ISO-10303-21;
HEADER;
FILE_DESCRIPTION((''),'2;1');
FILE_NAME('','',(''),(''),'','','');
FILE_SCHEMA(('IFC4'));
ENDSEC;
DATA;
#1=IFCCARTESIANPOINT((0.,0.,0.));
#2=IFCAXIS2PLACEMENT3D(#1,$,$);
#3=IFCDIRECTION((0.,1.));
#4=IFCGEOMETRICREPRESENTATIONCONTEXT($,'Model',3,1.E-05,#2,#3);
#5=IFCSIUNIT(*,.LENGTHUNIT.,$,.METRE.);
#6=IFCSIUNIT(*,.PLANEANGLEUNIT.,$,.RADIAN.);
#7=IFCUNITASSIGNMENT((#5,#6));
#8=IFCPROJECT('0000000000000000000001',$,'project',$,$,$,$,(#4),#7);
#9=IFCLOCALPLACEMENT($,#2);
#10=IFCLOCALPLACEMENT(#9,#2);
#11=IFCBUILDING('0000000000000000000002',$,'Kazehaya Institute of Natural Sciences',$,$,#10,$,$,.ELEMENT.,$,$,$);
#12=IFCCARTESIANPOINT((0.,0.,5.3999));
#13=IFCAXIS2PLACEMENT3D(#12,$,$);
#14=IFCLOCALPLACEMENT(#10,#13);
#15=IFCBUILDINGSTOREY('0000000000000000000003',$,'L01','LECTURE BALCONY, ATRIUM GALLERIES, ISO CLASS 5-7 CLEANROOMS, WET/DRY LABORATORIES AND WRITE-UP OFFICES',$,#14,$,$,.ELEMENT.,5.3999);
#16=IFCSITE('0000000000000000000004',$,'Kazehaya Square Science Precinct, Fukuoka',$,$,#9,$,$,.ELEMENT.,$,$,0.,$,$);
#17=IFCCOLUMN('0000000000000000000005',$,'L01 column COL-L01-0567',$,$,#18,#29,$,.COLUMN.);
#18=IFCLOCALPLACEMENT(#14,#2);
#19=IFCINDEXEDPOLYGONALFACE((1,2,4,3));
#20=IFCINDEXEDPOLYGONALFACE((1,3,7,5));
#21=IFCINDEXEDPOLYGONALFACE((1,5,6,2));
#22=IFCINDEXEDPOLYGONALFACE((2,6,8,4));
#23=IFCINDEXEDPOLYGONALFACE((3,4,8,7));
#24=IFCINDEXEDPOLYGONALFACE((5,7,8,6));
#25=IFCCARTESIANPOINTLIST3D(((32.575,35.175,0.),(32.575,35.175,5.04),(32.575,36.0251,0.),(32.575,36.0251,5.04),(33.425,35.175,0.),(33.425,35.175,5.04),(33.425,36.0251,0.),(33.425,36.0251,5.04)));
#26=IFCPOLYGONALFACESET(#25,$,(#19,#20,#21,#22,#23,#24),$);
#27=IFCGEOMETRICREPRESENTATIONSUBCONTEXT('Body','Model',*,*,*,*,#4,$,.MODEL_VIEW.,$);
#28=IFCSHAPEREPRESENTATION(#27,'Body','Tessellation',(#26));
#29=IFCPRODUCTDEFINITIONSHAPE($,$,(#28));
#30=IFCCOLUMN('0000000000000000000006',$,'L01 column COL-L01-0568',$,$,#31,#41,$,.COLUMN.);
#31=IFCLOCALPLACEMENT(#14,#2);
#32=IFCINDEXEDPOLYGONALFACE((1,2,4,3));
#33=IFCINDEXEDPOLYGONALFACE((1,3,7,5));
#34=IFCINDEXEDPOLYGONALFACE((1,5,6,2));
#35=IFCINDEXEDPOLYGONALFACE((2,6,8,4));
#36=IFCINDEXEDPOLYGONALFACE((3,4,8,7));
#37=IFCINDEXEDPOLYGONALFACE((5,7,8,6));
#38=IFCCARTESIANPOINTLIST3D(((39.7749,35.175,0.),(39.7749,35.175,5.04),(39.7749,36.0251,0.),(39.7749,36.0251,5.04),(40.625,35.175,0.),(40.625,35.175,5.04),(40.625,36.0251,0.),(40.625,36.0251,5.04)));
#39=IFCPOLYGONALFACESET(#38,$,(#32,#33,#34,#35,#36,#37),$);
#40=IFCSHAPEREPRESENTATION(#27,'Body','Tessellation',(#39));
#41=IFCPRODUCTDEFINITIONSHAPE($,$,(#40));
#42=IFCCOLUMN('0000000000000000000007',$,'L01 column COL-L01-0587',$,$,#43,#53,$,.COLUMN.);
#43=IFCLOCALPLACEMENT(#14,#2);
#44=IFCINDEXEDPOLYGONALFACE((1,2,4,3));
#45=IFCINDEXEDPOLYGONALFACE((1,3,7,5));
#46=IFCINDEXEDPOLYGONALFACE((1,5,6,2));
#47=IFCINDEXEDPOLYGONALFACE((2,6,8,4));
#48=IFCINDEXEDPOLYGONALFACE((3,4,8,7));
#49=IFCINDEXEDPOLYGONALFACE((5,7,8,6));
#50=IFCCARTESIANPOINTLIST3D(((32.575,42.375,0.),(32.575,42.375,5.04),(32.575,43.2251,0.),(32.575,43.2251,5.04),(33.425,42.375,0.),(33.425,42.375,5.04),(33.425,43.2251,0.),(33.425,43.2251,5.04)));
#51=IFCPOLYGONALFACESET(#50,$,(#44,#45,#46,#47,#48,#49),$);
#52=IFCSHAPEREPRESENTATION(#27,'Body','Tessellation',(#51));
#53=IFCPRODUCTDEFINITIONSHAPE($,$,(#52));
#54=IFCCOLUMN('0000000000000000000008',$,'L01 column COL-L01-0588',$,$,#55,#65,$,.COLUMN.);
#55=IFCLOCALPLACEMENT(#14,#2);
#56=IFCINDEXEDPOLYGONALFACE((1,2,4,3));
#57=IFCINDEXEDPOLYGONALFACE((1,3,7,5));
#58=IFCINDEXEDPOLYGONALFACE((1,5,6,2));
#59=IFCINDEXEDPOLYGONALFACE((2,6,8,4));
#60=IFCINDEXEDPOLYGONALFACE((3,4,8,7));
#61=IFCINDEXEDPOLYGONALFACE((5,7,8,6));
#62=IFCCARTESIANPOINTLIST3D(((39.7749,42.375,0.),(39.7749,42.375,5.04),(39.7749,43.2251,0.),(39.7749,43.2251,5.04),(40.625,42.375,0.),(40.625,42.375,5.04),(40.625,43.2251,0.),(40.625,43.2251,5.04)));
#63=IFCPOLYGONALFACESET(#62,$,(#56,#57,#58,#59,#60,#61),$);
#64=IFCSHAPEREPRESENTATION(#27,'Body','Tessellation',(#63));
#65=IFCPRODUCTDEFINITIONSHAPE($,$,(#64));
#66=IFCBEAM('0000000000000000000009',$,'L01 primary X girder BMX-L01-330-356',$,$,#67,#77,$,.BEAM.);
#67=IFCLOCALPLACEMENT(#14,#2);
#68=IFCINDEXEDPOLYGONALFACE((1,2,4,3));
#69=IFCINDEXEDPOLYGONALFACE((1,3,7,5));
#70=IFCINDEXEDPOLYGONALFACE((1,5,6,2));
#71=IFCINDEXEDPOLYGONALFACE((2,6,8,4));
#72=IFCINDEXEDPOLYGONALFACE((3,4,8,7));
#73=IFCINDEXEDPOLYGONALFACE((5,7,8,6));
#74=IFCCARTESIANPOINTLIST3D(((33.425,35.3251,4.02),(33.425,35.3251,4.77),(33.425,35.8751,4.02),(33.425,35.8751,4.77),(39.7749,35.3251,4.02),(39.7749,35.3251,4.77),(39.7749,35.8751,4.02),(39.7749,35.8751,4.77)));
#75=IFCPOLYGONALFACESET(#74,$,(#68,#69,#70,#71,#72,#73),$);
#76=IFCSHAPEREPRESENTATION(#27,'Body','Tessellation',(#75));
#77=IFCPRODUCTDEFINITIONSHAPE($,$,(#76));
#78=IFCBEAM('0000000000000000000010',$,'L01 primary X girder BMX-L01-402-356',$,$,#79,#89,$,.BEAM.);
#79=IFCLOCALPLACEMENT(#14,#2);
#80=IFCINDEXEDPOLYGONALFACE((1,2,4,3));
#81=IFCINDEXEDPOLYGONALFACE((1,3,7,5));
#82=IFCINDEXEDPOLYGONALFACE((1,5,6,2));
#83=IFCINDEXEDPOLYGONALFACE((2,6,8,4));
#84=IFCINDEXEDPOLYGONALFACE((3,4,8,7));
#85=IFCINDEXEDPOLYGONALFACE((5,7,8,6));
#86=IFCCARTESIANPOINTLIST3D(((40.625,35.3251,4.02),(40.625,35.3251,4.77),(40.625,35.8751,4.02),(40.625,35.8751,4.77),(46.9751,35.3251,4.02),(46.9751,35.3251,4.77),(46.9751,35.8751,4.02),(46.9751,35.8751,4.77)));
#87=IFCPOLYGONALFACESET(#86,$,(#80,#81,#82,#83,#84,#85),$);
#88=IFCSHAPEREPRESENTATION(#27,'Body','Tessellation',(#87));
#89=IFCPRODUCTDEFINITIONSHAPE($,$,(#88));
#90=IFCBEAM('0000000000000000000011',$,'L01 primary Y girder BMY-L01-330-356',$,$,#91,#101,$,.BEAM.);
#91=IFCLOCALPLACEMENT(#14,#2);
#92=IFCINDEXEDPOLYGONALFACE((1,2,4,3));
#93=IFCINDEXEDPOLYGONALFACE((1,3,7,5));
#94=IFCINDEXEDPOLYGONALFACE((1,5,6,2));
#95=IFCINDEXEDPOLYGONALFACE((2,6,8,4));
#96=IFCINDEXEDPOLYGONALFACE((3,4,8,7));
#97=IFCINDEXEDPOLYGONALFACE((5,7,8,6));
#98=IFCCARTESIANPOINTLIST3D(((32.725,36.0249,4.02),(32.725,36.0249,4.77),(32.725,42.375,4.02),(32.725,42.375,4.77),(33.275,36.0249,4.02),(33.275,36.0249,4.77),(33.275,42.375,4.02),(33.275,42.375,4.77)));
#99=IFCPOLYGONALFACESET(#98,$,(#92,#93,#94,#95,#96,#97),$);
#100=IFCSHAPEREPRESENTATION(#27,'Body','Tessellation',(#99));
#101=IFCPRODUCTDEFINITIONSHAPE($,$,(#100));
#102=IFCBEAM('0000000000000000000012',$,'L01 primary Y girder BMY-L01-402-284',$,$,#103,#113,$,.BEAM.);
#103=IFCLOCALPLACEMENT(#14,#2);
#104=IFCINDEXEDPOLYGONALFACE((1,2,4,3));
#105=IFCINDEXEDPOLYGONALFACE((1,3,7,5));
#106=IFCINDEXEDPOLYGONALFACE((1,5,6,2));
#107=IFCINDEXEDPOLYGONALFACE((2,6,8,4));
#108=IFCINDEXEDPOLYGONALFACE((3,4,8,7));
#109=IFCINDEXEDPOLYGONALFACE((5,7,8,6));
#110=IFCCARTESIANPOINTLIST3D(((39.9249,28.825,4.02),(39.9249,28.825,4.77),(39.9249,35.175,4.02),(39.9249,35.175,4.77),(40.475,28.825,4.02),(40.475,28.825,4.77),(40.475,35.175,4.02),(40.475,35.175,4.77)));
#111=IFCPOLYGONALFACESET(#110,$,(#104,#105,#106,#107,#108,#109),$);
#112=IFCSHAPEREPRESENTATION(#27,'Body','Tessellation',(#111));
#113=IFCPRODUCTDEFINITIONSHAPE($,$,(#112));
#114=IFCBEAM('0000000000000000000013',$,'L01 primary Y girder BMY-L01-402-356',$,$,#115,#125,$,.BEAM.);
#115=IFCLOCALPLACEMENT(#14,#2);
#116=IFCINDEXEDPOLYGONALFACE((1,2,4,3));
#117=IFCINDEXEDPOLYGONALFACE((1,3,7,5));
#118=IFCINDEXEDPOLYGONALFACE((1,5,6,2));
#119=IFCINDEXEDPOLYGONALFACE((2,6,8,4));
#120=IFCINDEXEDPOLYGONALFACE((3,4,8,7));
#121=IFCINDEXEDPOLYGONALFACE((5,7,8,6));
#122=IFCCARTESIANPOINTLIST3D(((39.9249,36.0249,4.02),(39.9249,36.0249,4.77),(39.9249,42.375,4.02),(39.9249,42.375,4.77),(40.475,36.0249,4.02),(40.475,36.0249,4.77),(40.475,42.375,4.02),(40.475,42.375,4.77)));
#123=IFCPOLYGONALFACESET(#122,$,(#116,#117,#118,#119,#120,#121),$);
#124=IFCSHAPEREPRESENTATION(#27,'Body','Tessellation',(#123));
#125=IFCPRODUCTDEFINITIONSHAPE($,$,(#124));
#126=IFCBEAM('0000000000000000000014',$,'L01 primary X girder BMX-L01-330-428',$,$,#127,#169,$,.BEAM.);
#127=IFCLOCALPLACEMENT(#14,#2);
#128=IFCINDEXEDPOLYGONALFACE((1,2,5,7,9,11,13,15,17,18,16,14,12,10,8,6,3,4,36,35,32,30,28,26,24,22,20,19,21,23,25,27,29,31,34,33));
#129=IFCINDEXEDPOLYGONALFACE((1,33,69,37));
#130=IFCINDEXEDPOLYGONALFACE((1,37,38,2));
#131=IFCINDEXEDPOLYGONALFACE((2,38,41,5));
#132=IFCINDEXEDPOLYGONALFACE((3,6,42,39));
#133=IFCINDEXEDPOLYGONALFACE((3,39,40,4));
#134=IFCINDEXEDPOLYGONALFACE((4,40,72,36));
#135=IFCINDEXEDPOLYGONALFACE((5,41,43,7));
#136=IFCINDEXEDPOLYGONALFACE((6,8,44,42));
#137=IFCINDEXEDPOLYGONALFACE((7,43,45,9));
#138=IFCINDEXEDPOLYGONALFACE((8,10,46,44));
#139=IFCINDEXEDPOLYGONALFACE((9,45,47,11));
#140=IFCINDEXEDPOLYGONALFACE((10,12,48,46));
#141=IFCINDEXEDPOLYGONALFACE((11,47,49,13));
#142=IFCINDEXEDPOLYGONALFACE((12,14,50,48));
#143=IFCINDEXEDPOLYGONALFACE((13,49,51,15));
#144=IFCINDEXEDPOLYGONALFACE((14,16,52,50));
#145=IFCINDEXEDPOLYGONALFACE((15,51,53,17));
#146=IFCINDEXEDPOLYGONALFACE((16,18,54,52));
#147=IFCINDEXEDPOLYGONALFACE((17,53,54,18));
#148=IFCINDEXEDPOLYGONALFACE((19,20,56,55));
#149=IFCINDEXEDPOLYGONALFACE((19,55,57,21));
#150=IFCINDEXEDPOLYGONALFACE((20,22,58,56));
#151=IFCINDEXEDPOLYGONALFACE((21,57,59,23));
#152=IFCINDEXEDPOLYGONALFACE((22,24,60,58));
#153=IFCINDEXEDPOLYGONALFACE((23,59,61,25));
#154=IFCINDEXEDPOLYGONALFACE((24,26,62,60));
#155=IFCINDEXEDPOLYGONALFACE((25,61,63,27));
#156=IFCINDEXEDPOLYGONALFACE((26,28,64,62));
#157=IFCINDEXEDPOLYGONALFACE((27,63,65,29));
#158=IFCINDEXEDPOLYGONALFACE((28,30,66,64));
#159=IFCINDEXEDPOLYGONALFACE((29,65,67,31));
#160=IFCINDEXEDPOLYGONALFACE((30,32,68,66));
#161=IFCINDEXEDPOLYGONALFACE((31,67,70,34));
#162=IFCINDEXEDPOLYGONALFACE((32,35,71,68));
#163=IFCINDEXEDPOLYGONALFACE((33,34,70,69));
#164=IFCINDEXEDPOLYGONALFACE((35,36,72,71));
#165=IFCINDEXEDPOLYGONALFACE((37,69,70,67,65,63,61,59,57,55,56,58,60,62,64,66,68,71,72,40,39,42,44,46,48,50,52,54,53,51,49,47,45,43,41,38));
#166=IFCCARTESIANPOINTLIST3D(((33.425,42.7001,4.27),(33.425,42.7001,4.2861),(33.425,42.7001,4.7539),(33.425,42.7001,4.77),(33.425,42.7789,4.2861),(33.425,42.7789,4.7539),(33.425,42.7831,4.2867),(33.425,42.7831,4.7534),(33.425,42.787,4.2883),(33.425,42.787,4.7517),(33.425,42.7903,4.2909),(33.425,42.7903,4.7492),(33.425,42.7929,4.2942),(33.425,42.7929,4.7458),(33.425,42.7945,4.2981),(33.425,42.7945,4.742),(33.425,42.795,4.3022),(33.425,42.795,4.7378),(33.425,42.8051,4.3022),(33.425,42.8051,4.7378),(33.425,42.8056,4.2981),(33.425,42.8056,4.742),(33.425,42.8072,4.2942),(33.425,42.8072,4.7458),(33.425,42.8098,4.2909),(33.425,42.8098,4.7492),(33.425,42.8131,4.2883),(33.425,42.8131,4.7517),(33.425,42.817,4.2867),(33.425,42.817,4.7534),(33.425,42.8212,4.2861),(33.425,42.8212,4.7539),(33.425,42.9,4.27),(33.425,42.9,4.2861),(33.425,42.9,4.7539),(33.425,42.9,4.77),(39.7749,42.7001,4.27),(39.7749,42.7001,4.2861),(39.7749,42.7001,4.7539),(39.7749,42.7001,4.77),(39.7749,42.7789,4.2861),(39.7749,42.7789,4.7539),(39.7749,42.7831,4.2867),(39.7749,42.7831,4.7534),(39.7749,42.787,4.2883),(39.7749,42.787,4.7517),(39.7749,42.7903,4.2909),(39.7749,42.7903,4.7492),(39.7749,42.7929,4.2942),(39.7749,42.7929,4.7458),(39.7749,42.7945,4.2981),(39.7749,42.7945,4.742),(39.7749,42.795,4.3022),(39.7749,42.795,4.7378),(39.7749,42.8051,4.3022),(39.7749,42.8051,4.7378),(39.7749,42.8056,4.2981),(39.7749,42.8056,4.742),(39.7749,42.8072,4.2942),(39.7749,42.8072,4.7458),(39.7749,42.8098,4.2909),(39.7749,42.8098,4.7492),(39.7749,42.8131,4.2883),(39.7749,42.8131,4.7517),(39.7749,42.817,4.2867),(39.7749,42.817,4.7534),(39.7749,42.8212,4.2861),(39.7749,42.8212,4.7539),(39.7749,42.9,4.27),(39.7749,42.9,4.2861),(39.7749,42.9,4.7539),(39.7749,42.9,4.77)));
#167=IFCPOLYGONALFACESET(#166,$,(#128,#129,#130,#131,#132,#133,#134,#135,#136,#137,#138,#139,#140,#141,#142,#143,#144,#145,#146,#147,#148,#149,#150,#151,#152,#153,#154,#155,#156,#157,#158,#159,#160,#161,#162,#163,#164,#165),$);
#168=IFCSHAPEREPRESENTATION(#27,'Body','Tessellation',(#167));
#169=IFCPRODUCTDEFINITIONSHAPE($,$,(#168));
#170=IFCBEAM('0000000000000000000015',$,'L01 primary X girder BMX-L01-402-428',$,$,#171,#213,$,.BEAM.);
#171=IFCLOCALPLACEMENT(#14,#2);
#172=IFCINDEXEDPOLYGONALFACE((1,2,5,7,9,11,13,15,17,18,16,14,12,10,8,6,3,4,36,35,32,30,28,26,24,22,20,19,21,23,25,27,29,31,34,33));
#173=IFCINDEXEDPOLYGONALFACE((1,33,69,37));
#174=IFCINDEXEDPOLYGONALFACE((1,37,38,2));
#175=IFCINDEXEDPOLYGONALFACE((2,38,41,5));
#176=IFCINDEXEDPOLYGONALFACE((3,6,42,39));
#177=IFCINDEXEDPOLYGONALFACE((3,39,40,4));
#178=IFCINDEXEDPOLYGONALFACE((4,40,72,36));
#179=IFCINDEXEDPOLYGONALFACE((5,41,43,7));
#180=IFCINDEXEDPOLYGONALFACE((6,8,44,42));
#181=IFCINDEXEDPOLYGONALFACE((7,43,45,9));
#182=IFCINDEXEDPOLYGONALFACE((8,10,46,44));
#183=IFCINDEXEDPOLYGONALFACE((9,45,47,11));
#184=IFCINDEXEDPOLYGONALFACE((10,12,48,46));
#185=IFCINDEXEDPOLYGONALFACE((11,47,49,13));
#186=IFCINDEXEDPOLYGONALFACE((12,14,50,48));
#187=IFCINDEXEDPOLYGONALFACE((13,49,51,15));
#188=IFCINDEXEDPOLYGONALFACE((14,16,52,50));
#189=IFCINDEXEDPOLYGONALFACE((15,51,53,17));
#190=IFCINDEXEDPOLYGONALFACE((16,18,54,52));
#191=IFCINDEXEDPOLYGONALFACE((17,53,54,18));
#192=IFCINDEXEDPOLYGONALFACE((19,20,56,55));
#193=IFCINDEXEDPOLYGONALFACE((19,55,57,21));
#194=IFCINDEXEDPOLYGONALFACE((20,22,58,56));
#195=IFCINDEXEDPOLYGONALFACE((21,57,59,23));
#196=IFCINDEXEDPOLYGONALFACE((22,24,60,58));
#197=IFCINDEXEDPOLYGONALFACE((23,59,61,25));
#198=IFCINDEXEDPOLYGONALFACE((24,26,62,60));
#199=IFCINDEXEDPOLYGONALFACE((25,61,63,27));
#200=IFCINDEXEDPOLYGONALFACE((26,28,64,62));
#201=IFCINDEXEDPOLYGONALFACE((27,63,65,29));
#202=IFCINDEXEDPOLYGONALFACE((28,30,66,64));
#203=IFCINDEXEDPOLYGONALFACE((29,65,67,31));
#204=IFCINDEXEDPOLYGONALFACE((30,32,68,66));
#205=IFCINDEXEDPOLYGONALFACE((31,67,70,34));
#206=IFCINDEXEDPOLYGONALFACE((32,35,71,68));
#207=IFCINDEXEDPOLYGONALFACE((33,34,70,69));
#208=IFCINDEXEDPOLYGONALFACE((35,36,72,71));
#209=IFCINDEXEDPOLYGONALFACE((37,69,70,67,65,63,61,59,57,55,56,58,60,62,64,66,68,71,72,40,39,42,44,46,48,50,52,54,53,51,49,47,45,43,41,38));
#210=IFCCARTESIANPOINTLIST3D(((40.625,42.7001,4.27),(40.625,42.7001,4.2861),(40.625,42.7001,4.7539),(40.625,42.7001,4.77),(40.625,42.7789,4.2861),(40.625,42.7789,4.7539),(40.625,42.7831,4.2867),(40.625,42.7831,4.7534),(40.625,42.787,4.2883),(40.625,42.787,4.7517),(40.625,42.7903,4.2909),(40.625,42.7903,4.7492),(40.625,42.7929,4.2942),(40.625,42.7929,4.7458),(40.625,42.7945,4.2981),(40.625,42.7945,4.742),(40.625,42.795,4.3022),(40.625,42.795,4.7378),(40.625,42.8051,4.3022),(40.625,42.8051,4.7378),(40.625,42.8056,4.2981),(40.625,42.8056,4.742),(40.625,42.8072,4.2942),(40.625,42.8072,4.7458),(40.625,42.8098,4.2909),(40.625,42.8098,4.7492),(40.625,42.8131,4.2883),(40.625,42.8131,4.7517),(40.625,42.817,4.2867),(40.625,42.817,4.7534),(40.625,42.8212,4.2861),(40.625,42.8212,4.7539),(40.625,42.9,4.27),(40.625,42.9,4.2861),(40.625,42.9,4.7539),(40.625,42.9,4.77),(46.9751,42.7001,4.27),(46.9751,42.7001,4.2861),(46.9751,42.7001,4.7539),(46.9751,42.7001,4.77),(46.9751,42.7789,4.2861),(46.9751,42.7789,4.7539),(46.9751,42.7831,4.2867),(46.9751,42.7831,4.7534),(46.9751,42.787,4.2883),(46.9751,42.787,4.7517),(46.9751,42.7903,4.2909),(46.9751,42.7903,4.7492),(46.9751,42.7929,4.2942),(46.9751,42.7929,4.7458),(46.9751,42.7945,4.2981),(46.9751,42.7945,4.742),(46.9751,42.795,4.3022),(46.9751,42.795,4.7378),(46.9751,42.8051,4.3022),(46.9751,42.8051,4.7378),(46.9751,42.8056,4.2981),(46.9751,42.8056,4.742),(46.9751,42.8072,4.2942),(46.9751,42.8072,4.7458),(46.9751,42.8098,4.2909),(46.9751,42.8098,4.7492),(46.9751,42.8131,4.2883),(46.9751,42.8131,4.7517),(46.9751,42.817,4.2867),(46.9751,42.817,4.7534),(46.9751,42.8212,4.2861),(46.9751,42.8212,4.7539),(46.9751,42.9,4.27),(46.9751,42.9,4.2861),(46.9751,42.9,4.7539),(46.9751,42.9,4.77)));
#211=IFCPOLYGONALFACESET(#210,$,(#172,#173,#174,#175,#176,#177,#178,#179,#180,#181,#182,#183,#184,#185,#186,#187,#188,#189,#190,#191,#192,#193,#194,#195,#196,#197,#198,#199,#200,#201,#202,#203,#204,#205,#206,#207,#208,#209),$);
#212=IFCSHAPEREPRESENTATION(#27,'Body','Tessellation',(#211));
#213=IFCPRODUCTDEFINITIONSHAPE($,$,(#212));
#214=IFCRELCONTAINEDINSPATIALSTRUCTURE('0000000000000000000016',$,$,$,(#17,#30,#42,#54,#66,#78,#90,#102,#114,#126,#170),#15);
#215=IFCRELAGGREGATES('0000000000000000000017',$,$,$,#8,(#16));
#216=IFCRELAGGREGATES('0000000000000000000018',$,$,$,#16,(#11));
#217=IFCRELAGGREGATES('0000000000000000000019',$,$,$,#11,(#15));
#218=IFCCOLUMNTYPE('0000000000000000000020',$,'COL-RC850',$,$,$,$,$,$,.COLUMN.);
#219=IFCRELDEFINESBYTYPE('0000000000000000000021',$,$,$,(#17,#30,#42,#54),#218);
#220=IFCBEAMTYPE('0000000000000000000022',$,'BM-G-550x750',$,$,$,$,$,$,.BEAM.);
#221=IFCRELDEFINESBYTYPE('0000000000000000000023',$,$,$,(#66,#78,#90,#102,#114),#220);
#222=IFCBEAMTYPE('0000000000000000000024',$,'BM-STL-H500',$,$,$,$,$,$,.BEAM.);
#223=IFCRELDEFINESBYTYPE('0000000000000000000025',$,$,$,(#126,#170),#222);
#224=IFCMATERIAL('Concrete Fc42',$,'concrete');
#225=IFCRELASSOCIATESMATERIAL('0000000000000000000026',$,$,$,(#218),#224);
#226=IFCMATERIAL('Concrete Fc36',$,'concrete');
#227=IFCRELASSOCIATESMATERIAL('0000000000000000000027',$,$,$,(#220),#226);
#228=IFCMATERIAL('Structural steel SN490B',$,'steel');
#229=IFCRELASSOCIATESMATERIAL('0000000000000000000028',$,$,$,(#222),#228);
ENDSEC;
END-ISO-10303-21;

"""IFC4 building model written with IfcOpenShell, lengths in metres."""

from ifc_helpers import new_model, si_unit, direction, frame, origin, origin_2d, place, context, subcontext, project, spatial, rectangle, i_section, extrude, material, material_profile, profile_set, type_object, element, save


model = new_model("IFC4")

# Units and contexts
model_context = context("Model", 3, precision=1e-05, world=origin(), true_north=direction((0.0, 1.0)))
body_context = subcontext(model_context, "Body", "Model", "MODEL_VIEW")
ifc_project = project(units=[si_unit("LENGTHUNIT", "METRE"), si_unit("PLANEANGLEUNIT", "RADIAN")], contexts=[model_context])

# Site, building, storey
site_placement = place(None, origin())
site = spatial("IfcSite", under=ifc_project, at=site_placement, Name="Kazehaya Square Science Precinct, Fukuoka", CompositionType="ELEMENT", RefElevation=0.0)
building_placement = place(site_placement, origin())
building = spatial("IfcBuilding", under=site, at=building_placement, Name="Kazehaya Institute of Natural Sciences", CompositionType="ELEMENT")
storey_placement = place(building_placement, frame((0.0, 0.0, 5.3999)))
storey = spatial("IfcBuildingStorey", under=building, at=storey_placement, Name="L01", Description="LECTURE BALCONY, ATRIUM GALLERIES, ISO CLASS 5-7 CLEANROOMS, WET/DRY LABORATORIES AND WRITE-UP OFFICES", CompositionType="ELEMENT", Elevation=5.3999)

# Columns
ifc_material_1 = material(Name="Concrete Fc42", Category="concrete")
ifc_material_profile_1 = material_profile(ifc_material_1, rectangle(XDim=0.8501, YDim=0.8501, at=origin_2d()), Name="RC-850x850")
ifc_profile_set_1 = profile_set([ifc_material_profile_1], Name="Concrete Fc42")
column_type = type_object("IfcColumnType", Name="COL-RC850", PredefinedType="COLUMN", material=ifc_profile_set_1)
for number, where, z_axis, x_axis, name in (
    (1, (33.0, 35.6001, 0.0), (0.0, 0.0, 1.0), (1.0, 0.0, 0.0), "L01 column COL-L01-0567"),
    (2, (40.2, 35.6001, 0.0), (0.0, 0.0, 1.0), (1.0, 0.0, 0.0), "L01 column COL-L01-0568"),
    (3, (33.0, 42.8, 0.0), (0.0, 0.0, 1.0), (1.0, 0.0, 0.0), "L01 column COL-L01-0587"),
    (4, (40.2, 42.8, 0.0), (0.0, 0.0, 1.0), (1.0, 0.0, 0.0), "L01 column COL-L01-0588"),
):
    element("IfcColumn", number, at=place(storey_placement, frame(where, z_axis=z_axis, x_axis=x_axis)), inside=storey, type_object=column_type, Name=name, PredefinedType="COLUMN", context=body_context, shape_type="SweptSolid", body=[
        extrude(rectangle(XDim=0.8501, YDim=0.8501, at=origin_2d()), origin(), (0.0, 0.0, 1.0), 5.04),
    ])

# Beams
ifc_material_2 = material(Name="Concrete Fc36", Category="concrete")
ifc_material_profile_2 = material_profile(ifc_material_2, rectangle(XDim=0.55, YDim=0.75, at=origin_2d()), Name="RC-550x750")
ifc_profile_set_2 = profile_set([ifc_material_profile_2], Name="Concrete Fc36")
beam_type_1 = type_object("IfcBeamType", Name="BM-G-550x750", PredefinedType="BEAM", material=ifc_profile_set_2)
beam_1_placement = place(storey_placement, frame((33.425, 35.6001, 4.395), z_axis=(1.0, 0.0, 0.0), x_axis=(0.0, 1.0, 0.0)))
element("IfcBeam", 5, at=beam_1_placement, inside=storey, type_object=beam_type_1, Name="L01 primary X girder BMX-L01-330-356", PredefinedType="BEAM", context=body_context, shape_type="SweptSolid", body=[
    extrude(rectangle(XDim=0.55, YDim=0.75, at=origin_2d()), origin(), (0.0, 0.0, 1.0), 6.3499),
])
for number, where, z_axis, x_axis, name in (
    (6, (40.625, 35.6001, 4.395), (1.0, 0.0, 0.0), (0.0, 1.0, 0.0), "L01 primary X girder BMX-L01-402-356"),
    (7, (33.0, 36.0249, 4.395), (0.0, 1.0, 0.0), (-1.0, 0.0, 0.0), "L01 primary Y girder BMY-L01-330-356"),
    (8, (40.2, 28.825, 4.395), (0.0, 1.0, 0.0), (-1.0, 0.0, 0.0), "L01 primary Y girder BMY-L01-402-284"),
    (9, (40.2, 36.0249, 4.395), (0.0, 1.0, 0.0), (-1.0, 0.0, 0.0), "L01 primary Y girder BMY-L01-402-356"),
):
    element("IfcBeam", number, at=place(storey_placement, frame(where, z_axis=z_axis, x_axis=x_axis)), inside=storey, type_object=beam_type_1, Name=name, PredefinedType="BEAM", context=body_context, shape_type="SweptSolid", body=[
        extrude(rectangle(XDim=0.55, YDim=0.75, at=origin_2d()), origin(), (0.0, 0.0, 1.0), 6.3501),
    ])
ifc_material_3 = material(Name="Structural steel SN490B", Category="steel")
ifc_material_profile_3 = material_profile(ifc_material_3, i_section(OverallWidth=0.2, OverallDepth=0.5, WebThickness=0.01, FlangeThickness=0.0161, FilletRadius=0.0161, at=origin_2d()), Name="H-500x200x10x16")
ifc_profile_set_3 = profile_set([ifc_material_profile_3], Name="Structural steel SN490B")
beam_type_2 = type_object("IfcBeamType", Name="BM-STL-H500", PredefinedType="BEAM", material=ifc_profile_set_3)
beam_2_placement = place(storey_placement, frame((33.425, 42.8, 4.52), z_axis=(1.0, 0.0, 0.0), x_axis=(0.0, 1.0, 0.0)))
element("IfcBeam", 10, at=beam_2_placement, inside=storey, type_object=beam_type_2, Name="L01 primary X girder BMX-L01-330-428", PredefinedType="BEAM", context=body_context, shape_type="SweptSolid", body=[
    extrude(i_section(OverallWidth=0.2, OverallDepth=0.5, WebThickness=0.01, FlangeThickness=0.0161, FilletRadius=0.0161, at=origin_2d()), origin(), (0.0, 0.0, 1.0), 6.3499),
])
beam_3_placement = place(storey_placement, frame((40.625, 42.8, 4.52), z_axis=(1.0, 0.0, 0.0), x_axis=(0.0, 1.0, 0.0)))
element("IfcBeam", 11, at=beam_3_placement, inside=storey, type_object=beam_type_2, Name="L01 primary X girder BMX-L01-402-428", PredefinedType="BEAM", context=body_context, shape_type="SweptSolid", body=[
    extrude(i_section(OverallWidth=0.2, OverallDepth=0.5, WebThickness=0.01, FlangeThickness=0.0161, FilletRadius=0.0161, at=origin_2d()), origin(), (0.0, 0.0, 1.0), 6.3501),
])

save(model, "model.ifc")
